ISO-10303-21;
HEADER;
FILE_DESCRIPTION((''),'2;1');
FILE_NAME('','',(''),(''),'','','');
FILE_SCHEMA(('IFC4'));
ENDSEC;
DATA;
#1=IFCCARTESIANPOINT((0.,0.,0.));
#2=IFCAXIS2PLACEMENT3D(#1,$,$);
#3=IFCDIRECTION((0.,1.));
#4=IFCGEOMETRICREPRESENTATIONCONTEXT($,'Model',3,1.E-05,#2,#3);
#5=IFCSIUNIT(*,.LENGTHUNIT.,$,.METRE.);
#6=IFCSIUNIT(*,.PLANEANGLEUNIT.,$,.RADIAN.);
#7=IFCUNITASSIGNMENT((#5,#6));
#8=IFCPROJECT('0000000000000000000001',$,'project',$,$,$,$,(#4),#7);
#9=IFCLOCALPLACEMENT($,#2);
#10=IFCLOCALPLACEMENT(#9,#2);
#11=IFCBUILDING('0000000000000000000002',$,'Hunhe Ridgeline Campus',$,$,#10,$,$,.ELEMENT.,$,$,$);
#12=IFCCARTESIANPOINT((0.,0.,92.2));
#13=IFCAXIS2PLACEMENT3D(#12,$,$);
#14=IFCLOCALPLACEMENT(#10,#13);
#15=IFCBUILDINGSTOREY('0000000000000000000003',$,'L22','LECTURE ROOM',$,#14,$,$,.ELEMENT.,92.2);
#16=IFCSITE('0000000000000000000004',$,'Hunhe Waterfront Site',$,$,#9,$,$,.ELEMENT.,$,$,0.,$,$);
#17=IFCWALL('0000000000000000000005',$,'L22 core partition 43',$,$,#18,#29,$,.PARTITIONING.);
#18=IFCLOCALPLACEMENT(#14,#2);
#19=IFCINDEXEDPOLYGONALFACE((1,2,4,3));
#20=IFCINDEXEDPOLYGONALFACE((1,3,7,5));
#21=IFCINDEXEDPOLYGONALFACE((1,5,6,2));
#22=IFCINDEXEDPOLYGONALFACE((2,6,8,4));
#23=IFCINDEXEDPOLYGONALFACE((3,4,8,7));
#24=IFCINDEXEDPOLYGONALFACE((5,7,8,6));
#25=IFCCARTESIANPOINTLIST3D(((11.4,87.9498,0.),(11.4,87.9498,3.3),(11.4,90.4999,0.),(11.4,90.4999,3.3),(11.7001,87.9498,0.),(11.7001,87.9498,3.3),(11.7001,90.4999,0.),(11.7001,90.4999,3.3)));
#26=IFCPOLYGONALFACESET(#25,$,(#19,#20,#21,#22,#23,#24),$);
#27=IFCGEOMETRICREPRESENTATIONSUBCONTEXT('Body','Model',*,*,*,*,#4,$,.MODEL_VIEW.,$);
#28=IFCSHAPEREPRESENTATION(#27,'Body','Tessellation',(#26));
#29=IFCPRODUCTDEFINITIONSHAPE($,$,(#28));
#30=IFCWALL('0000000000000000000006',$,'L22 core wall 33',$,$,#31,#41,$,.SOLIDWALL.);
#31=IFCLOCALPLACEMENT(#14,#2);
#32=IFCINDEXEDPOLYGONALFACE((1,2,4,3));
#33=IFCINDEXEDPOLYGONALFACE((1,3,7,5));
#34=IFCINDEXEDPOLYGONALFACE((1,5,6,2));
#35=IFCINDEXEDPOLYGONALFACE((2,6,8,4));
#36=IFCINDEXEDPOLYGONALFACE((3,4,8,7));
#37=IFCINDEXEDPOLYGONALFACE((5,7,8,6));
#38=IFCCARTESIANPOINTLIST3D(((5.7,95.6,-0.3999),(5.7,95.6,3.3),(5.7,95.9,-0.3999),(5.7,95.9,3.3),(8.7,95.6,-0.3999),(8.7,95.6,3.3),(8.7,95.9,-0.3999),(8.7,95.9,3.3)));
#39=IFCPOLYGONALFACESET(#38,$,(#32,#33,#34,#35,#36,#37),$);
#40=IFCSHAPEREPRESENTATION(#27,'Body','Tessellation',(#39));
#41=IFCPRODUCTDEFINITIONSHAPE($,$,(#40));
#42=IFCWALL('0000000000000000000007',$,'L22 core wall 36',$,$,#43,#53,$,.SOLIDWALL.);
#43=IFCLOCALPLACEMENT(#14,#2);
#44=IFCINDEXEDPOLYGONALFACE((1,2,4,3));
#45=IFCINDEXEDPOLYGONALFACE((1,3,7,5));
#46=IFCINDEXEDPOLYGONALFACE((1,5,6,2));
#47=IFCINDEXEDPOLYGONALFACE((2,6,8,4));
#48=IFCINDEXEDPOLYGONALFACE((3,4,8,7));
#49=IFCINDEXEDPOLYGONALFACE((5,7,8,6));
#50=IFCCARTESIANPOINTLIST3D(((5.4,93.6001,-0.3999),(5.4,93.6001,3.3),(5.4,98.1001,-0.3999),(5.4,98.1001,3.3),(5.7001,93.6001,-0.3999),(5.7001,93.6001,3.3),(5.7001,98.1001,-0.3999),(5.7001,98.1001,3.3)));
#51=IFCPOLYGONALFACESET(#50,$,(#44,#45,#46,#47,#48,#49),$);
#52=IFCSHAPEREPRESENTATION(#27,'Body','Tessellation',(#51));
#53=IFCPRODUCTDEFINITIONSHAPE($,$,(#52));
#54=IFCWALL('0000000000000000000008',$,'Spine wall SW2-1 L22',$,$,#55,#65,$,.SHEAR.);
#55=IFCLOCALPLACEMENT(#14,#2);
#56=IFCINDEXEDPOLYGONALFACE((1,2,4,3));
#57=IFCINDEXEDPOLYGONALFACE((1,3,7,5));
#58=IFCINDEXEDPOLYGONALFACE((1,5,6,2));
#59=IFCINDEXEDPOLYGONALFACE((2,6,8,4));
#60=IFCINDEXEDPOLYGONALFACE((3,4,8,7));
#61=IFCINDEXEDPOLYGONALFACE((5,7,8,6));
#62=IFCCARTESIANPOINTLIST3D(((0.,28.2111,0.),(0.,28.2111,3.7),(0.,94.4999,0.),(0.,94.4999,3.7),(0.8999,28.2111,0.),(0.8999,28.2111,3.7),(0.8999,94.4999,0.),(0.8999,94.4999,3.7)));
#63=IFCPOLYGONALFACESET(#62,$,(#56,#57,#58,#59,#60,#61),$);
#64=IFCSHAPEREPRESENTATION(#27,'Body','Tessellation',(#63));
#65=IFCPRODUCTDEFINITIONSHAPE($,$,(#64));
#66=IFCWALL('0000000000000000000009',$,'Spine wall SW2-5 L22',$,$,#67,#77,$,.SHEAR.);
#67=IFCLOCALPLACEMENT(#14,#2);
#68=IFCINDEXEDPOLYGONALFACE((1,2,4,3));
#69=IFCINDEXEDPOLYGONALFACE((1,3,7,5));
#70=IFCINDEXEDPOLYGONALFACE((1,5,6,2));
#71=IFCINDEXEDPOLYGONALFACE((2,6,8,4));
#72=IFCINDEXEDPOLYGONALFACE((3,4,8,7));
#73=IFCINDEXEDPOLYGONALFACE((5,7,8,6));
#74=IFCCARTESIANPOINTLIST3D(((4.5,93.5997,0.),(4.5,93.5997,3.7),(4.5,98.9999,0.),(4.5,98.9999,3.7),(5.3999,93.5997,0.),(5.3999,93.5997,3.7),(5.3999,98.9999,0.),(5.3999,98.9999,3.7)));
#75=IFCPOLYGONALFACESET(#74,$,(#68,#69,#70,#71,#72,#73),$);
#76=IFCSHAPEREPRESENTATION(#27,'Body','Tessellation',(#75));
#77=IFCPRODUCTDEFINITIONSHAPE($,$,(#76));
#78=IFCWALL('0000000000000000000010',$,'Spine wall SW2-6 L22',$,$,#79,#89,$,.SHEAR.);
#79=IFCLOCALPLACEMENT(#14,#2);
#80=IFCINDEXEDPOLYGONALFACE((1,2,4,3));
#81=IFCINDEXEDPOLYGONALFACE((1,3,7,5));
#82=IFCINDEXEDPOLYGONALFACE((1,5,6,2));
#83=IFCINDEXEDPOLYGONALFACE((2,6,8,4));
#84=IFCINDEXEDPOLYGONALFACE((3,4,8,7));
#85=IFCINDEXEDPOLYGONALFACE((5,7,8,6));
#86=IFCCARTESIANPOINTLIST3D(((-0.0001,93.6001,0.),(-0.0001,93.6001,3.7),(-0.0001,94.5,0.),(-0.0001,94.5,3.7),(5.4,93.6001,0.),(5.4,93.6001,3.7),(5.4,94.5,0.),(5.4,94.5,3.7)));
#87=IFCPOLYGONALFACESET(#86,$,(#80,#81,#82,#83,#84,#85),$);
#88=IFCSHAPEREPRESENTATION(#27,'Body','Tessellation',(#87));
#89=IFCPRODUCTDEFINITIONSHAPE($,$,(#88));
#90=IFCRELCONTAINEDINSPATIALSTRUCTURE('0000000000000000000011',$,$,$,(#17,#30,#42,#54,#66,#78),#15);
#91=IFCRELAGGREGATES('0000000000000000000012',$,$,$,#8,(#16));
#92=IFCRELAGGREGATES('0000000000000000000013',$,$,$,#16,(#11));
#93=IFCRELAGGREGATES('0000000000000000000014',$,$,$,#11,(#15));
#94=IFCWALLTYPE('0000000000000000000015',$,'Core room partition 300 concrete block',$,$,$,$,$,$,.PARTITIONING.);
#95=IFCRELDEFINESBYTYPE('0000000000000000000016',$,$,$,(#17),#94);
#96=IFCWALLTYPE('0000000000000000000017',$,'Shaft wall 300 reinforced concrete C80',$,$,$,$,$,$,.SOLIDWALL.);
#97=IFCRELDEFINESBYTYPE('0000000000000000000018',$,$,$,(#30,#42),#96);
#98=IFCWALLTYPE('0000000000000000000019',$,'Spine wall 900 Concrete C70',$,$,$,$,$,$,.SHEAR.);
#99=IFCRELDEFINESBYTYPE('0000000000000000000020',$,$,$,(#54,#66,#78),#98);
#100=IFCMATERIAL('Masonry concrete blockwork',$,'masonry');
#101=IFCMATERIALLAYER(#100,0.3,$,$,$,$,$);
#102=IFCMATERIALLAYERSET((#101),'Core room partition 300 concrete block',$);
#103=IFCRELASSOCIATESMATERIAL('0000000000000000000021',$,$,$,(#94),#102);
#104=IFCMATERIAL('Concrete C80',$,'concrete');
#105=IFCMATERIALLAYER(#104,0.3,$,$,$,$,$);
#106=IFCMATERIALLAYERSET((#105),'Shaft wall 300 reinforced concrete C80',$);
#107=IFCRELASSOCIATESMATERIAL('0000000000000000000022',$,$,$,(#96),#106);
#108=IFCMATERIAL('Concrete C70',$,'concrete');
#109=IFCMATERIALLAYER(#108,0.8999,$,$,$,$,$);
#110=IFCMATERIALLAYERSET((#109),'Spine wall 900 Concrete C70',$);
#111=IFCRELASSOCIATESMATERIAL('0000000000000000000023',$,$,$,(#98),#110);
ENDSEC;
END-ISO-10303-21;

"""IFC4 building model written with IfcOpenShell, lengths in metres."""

from ifc_helpers import new_model, si_unit, direction, frame, frame_2d, origin, place, context, subcontext, project, spatial, rectangle, extrude, material, layer, layer_set, type_object, element, save


model = new_model("IFC4")

# Units and contexts
model_context = context("Model", 3, precision=1e-05, world=origin(), true_north=direction((0.0, 1.0)))
body_context = subcontext(model_context, "Body", "Model", "MODEL_VIEW")
ifc_project = project(units=[si_unit("LENGTHUNIT", "METRE"), si_unit("PLANEANGLEUNIT", "RADIAN")], contexts=[model_context])

# Site, building, storey
site_placement = place(None, origin())
site = spatial("IfcSite", under=ifc_project, at=site_placement, Name="Hunhe Waterfront Site", CompositionType="ELEMENT", RefElevation=0.0)
building_placement = place(site_placement, origin())
building = spatial("IfcBuilding", under=site, at=building_placement, Name="Hunhe Ridgeline Campus", CompositionType="ELEMENT")
storey_placement = place(building_placement, frame((0.0, 0.0, 92.2)))
storey = spatial("IfcBuildingStorey", under=building, at=storey_placement, Name="L22", Description="LECTURE ROOM", CompositionType="ELEMENT", Elevation=92.2)

# Wall
ifc_material_1 = material(Name="Masonry concrete blockwork", Category="masonry")
ifc_layer_1 = layer(ifc_material_1, 0.3)
ifc_layer_set_1 = layer_set([ifc_layer_1], Name="Core room partition 300 concrete block")
wall_type_1 = type_object("IfcWallType", Name="Core room partition 300 concrete block", PredefinedType="PARTITIONING", material=ifc_layer_set_1)
wall_1_placement = place(storey_placement, frame((11.55, 87.95, 0.0), z_axis=(0.0, 0.0, 1.0), x_axis=(0.0, 1.0, 0.0)))
element("IfcWall", 1, at=wall_1_placement, inside=storey, type_object=wall_type_1, Name="L22 core partition 43", PredefinedType="PARTITIONING", context=body_context, shape_type="SweptSolid", body=[
    extrude(rectangle(XDim=2.55, YDim=0.3, at=frame_2d((1.2749, 0.0))), origin(), (0.0, 0.0, 1.0), 3.3),
])

# Shared definitions
ifc_material_2 = material(Name="Concrete C80", Category="concrete")
ifc_layer_2 = layer(ifc_material_2, 0.3)
ifc_layer_set_2 = layer_set([ifc_layer_2], Name="Shaft wall 300 reinforced concrete C80")
wall_type_2 = type_object("IfcWallType", Name="Shaft wall 300 reinforced concrete C80", PredefinedType="SOLIDWALL", material=ifc_layer_set_2)

# Walls
wall_2_placement = place(storey_placement, frame((5.7, 95.75, -0.3999), z_axis=(0.0, 0.0, 1.0), x_axis=(1.0, 0.0, 0.0)))
element("IfcWall", 2, at=wall_2_placement, inside=storey, type_object=wall_type_2, Name="L22 core wall 33", PredefinedType="SOLIDWALL", context=body_context, shape_type="SweptSolid", body=[
    extrude(rectangle(XDim=3.0, YDim=0.3, at=frame_2d((1.5, 0.0))), origin(), (0.0, 0.0, 1.0), 3.7),
])
wall_3_placement = place(storey_placement, frame((5.55, 93.6001, -0.3999), z_axis=(0.0, 0.0, 1.0), x_axis=(0.0, 1.0, 0.0)))
element("IfcWall", 3, at=wall_3_placement, inside=storey, type_object=wall_type_2, Name="L22 core wall 36", PredefinedType="SOLIDWALL", context=body_context, shape_type="SweptSolid", body=[
    extrude(rectangle(XDim=4.5, YDim=0.3, at=frame_2d((2.25, 0.0))), origin(), (0.0, 0.0, 1.0), 3.7),
])

# Walls
ifc_material_3 = material(Name="Concrete C70", Category="concrete")
ifc_layer_3 = layer(ifc_material_3, 0.8999)
ifc_layer_set_3 = layer_set([ifc_layer_3], Name="Spine wall 900 Concrete C70")
wall_type_3 = type_object("IfcWallType", Name="Spine wall 900 Concrete C70", PredefinedType="SHEAR", material=ifc_layer_set_3)
wall_4_placement = place(storey_placement, frame((0.45, 94.5, 0.0), z_axis=(0.0, 0.0, 1.0), x_axis=(0.0, -1.0, 0.0)))
element("IfcWall", 4, at=wall_4_placement, inside=storey, type_object=wall_type_3, Name="Spine wall SW2-1 L22", PredefinedType="SHEAR", context=body_context, shape_type="SweptSolid", body=[
    extrude(rectangle(XDim=66.2888, YDim=0.8999, at=frame_2d((33.1445, 0.0))), origin(), (0.0, 0.0, 1.0), 3.7),
])
for number, where, z_axis, x_axis, name in (
    (5, (4.95, 99.0, 0.0), (0.0, 0.0, 1.0), (0.0, -1.0, 0.0), "Spine wall SW2-5 L22"),
    (6, (5.4001, 94.05, 0.0), (0.0, 0.0, 1.0), (-1.0, 0.0, 0.0), "Spine wall SW2-6 L22"),
):
    element("IfcWall", number, at=place(storey_placement, frame(where, z_axis=z_axis, x_axis=x_axis)), inside=storey, type_object=wall_type_3, Name=name, PredefinedType="SHEAR", context=body_context, shape_type="SweptSolid", body=[
        extrude(rectangle(XDim=5.4001, YDim=0.8999, at=frame_2d((2.7002, 0.0))), origin(), (0.0, 0.0, 1.0), 3.7),
    ])

save(model, "model.ifc")
